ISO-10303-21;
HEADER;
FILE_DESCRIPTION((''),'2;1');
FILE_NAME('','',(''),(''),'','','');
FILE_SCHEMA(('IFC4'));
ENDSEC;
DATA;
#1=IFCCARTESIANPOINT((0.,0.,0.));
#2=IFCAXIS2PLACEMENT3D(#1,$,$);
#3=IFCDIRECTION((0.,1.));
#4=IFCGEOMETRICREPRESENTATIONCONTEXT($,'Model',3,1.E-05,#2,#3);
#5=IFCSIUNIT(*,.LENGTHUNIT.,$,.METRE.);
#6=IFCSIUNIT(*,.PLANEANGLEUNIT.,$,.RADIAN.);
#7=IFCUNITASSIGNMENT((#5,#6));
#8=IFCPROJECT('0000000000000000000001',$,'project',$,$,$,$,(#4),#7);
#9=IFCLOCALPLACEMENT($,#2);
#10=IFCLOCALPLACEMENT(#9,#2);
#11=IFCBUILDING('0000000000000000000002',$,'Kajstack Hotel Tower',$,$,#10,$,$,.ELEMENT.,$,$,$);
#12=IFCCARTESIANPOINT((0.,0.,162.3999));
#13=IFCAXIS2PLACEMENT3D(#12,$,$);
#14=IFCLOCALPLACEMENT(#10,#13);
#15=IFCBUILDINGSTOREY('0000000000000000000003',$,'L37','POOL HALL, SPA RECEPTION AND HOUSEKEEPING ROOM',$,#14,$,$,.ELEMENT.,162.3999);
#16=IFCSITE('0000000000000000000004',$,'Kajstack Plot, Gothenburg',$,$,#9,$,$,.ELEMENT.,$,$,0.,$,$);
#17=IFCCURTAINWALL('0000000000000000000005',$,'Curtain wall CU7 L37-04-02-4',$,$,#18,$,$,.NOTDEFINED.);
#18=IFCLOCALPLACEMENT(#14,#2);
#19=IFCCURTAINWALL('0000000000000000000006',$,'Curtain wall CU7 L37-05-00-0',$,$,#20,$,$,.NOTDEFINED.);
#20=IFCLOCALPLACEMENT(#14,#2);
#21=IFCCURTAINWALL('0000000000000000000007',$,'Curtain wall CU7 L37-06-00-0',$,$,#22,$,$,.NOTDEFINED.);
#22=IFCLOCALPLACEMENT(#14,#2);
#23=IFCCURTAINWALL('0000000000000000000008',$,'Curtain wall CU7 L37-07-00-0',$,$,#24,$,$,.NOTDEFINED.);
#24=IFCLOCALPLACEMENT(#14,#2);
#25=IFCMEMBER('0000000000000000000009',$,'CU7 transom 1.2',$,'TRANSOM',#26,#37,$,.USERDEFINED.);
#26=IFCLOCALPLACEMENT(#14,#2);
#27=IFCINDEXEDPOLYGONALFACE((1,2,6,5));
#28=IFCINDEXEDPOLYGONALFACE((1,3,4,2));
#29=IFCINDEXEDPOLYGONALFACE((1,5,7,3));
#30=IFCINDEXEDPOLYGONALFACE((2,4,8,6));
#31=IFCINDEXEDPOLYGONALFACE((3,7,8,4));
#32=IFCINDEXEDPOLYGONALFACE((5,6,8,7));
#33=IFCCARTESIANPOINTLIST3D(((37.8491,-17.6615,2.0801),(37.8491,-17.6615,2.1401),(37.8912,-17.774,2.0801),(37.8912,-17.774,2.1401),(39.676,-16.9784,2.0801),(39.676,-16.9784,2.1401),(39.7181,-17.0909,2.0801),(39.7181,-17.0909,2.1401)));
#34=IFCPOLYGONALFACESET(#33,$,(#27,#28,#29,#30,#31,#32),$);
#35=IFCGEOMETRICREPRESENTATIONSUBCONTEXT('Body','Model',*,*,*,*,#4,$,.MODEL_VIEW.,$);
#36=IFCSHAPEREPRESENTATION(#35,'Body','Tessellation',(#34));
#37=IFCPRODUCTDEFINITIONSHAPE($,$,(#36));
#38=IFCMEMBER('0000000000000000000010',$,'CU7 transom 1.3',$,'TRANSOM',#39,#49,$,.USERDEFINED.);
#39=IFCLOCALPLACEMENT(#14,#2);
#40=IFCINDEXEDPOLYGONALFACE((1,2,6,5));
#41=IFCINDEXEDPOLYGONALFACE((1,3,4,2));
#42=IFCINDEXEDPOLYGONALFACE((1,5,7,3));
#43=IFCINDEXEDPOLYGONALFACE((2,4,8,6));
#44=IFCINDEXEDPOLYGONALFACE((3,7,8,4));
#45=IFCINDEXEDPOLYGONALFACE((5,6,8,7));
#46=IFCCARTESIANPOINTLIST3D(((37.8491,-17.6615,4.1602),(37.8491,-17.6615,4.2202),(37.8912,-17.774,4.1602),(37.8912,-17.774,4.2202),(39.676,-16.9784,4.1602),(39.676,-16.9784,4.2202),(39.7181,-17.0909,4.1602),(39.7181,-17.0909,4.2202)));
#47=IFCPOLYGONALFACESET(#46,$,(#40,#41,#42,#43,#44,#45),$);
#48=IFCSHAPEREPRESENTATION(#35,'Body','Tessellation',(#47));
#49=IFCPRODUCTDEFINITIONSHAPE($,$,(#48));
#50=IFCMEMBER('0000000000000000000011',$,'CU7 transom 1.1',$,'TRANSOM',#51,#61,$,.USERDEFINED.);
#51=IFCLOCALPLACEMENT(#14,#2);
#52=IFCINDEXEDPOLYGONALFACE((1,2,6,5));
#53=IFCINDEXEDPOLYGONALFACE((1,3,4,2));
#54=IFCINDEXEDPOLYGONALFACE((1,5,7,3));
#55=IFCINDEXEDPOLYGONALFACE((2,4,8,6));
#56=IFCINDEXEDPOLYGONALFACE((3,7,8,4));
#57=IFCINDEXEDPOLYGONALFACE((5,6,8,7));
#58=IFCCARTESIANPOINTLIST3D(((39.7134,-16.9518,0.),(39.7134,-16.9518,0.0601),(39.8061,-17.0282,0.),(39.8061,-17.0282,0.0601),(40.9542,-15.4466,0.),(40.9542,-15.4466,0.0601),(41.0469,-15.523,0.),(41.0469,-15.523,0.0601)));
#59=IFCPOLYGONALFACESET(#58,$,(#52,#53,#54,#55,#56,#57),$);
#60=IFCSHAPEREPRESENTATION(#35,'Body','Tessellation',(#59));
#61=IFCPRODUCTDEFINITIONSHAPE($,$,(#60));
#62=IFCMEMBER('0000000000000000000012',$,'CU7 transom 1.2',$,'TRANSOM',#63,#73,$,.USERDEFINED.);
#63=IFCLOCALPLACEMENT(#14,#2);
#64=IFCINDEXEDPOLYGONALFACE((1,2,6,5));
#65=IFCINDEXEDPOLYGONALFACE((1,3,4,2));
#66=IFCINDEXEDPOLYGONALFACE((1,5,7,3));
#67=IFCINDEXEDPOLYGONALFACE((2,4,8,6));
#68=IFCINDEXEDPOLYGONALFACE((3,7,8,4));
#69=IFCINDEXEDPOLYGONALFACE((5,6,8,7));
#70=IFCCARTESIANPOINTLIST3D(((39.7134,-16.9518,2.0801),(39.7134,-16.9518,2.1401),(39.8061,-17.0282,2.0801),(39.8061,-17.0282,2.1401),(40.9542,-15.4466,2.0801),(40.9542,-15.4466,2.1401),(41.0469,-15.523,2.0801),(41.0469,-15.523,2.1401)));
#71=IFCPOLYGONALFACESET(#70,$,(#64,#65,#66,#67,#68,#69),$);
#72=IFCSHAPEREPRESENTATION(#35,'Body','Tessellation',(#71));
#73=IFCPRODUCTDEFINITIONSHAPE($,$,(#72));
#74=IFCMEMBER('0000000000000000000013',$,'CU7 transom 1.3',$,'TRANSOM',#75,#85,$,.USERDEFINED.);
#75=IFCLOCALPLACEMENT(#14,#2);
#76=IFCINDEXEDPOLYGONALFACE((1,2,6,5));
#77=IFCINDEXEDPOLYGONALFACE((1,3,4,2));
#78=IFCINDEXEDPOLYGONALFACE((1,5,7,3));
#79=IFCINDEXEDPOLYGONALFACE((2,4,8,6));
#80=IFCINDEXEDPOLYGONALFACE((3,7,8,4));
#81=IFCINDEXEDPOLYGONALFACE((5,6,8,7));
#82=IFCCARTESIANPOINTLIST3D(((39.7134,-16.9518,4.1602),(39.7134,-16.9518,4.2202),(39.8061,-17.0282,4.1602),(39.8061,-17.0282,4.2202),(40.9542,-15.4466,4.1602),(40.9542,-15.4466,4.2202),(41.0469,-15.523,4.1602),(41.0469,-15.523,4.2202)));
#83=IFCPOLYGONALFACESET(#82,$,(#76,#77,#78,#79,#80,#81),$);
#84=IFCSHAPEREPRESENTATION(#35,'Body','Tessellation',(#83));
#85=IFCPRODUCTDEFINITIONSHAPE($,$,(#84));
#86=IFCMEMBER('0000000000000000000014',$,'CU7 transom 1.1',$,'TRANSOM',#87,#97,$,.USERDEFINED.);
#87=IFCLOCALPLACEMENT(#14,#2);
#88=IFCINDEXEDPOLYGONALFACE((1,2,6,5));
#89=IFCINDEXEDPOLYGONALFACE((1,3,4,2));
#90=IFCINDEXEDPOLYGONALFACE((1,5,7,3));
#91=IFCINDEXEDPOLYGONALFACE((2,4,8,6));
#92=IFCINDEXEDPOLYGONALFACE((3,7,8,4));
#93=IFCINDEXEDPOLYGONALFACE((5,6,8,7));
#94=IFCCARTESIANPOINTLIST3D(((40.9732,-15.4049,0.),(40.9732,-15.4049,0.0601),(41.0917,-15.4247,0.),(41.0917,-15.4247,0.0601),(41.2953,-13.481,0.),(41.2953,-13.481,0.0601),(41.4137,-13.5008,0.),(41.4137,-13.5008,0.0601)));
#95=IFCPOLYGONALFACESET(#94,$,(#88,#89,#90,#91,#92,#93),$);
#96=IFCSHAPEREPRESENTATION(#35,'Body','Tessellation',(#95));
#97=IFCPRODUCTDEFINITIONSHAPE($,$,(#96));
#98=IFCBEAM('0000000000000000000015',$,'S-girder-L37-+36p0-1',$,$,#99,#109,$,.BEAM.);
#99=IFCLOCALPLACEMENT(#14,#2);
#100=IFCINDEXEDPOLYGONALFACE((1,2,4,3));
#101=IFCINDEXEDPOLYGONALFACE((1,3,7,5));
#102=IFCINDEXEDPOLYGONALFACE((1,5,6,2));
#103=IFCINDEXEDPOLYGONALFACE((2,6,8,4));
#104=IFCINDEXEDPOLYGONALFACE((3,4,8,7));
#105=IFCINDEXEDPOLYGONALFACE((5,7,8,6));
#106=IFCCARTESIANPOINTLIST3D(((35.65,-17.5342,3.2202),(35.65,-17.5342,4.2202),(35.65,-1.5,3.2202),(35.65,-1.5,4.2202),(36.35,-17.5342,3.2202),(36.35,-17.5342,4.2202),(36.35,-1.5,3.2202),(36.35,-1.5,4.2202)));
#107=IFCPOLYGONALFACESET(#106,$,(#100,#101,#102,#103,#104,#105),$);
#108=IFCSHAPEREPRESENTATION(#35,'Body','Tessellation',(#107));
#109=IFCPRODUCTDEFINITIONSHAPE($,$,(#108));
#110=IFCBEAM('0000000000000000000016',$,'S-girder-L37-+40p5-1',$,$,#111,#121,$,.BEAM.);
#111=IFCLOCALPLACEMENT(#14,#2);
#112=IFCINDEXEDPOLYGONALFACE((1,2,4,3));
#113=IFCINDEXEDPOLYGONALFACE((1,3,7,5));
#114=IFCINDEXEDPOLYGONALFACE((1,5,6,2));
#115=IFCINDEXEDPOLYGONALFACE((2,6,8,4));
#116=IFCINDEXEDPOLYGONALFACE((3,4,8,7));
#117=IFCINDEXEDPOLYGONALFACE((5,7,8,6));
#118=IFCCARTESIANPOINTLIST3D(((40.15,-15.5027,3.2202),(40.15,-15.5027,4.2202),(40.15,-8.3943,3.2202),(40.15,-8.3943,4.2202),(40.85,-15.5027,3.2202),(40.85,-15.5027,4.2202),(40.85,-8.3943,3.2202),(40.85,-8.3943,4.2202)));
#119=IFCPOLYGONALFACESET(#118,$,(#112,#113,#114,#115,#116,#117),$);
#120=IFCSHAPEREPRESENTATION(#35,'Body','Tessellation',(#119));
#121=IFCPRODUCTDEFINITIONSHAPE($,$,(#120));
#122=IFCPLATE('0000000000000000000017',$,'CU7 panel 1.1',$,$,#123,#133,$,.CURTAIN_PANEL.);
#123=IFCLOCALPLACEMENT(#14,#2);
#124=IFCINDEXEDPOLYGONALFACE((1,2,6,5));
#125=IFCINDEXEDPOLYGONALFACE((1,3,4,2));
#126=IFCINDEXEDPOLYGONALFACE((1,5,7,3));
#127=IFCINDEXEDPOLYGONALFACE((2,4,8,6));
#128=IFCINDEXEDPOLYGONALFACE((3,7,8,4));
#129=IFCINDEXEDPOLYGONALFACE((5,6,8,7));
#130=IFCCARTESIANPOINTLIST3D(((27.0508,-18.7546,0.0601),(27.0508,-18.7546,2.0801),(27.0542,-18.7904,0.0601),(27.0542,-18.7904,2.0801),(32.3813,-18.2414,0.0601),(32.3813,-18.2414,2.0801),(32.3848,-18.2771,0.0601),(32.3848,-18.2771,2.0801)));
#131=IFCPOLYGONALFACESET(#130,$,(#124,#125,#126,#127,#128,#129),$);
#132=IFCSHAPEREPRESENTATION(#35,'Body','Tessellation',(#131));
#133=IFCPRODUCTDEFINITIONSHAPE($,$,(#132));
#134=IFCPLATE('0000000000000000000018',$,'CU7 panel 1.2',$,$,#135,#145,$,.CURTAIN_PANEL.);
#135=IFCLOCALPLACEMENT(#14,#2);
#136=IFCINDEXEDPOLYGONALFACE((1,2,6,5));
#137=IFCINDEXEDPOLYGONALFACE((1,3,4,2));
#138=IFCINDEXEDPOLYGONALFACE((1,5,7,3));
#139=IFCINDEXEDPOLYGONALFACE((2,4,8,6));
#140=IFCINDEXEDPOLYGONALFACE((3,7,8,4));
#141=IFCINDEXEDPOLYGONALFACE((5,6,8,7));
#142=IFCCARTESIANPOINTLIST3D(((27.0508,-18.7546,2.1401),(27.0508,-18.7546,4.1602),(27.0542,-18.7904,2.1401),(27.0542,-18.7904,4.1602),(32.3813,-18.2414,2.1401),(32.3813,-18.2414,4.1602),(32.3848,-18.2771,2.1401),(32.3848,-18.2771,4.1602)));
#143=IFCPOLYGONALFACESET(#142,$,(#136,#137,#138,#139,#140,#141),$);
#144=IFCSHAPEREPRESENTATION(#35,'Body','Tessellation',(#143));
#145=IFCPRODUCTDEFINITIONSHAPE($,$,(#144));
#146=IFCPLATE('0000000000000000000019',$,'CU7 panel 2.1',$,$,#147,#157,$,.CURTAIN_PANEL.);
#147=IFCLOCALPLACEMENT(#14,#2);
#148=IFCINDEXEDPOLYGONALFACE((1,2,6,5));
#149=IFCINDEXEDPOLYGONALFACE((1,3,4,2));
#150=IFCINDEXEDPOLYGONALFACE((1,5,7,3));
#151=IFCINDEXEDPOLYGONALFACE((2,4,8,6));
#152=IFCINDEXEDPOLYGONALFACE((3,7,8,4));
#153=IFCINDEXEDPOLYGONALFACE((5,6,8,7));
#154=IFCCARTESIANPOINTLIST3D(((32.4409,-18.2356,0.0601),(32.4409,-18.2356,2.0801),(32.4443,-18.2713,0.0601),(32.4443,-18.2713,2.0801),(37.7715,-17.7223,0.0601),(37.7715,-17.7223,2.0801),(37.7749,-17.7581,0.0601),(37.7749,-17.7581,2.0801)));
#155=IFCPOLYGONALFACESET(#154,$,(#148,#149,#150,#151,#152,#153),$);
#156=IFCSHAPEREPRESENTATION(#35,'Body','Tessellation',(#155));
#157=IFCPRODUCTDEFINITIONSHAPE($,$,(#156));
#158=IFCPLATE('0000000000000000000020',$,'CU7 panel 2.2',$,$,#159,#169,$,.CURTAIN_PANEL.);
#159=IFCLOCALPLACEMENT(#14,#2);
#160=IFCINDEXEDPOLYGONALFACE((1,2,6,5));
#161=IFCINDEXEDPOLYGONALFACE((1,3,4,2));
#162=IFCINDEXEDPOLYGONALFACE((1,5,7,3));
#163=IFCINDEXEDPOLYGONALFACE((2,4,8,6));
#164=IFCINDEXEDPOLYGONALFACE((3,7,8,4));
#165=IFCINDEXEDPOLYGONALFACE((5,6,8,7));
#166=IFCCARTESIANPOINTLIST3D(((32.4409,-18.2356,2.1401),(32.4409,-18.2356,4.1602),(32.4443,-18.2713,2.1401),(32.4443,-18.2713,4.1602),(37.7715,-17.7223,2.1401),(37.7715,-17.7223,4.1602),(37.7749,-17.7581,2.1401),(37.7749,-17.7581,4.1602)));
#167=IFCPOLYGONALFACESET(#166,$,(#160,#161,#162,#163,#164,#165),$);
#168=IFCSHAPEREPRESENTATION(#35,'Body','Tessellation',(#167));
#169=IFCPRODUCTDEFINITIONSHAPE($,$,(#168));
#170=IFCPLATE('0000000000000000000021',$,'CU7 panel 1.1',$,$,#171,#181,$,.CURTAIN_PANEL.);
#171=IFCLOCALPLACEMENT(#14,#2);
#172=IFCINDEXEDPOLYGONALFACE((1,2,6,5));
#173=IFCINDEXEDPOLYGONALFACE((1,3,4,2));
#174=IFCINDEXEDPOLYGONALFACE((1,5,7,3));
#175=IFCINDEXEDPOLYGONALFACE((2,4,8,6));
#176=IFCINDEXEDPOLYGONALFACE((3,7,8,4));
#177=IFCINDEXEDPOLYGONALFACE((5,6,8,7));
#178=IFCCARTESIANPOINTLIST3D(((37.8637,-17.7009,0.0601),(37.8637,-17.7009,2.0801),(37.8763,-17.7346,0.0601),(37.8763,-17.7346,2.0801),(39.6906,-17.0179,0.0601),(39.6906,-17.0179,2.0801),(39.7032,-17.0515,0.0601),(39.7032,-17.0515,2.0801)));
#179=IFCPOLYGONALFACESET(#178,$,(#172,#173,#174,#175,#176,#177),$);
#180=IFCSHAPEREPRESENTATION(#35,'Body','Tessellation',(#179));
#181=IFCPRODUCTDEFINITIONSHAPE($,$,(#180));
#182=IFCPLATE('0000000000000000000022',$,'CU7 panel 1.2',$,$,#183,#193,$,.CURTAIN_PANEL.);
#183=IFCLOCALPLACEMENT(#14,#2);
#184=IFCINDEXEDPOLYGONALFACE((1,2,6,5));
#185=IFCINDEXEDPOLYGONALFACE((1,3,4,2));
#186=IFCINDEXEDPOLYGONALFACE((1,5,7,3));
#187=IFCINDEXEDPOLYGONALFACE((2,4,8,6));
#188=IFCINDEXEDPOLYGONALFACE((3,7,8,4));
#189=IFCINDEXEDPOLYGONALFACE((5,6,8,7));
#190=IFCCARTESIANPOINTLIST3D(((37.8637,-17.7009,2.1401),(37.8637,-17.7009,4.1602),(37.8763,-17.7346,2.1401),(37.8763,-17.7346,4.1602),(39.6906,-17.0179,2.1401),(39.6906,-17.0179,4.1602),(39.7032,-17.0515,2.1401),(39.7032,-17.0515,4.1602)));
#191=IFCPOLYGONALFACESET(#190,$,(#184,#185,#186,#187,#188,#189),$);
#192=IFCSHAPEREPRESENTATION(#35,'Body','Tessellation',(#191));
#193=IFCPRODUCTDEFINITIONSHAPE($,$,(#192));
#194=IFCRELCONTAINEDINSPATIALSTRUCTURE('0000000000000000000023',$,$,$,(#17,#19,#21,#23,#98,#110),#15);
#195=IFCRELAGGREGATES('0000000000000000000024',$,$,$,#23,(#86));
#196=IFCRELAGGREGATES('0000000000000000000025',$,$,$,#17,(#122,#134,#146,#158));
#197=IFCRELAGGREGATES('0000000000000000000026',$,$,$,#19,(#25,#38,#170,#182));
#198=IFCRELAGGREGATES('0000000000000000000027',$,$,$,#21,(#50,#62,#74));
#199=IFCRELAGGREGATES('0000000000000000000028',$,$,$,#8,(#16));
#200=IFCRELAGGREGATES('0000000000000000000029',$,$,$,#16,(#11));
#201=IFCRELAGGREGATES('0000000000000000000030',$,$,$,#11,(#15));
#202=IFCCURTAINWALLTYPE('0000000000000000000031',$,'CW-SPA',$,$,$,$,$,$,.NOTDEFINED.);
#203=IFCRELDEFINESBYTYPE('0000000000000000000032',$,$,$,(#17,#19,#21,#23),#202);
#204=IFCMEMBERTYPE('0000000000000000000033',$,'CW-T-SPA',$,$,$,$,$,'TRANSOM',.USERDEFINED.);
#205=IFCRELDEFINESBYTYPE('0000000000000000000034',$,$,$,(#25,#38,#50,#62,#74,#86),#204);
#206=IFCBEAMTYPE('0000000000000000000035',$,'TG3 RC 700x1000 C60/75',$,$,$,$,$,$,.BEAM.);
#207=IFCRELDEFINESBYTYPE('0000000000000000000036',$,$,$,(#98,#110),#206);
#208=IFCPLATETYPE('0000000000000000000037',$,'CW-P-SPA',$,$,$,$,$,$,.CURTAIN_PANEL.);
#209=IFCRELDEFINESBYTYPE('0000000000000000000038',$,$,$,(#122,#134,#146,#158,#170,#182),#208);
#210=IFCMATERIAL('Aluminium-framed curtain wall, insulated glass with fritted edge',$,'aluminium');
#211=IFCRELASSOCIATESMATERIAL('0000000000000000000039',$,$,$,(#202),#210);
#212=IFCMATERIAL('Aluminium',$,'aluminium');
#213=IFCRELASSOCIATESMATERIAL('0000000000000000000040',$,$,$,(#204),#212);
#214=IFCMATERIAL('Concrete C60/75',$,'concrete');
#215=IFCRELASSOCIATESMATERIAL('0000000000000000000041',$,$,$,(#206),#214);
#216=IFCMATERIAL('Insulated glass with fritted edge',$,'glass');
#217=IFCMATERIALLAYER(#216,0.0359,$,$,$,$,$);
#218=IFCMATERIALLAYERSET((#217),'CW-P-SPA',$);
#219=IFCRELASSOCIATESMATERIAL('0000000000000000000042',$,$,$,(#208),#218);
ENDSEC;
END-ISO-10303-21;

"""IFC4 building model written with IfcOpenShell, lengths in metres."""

from ifc_helpers import new_model, si_unit, direction, frame, origin, origin_2d, place, context, subcontext, project, spatial, rectangle, extrude, material, layer, layer_set, material_profile, profile_set, type_object, element, aggregate, save


model = new_model("IFC4")

# Units and contexts
model_context = context("Model", 3, precision=1e-05, world=origin(), true_north=direction((0.0, 1.0)))
body_context = subcontext(model_context, "Body", "Model", "MODEL_VIEW")
ifc_project = project(units=[si_unit("LENGTHUNIT", "METRE"), si_unit("PLANEANGLEUNIT", "RADIAN")], contexts=[model_context])

# Site, building, storey
site_placement = place(None, origin())
site = spatial("IfcSite", under=ifc_project, at=site_placement, Name="Kajstack Plot, Gothenburg", CompositionType="ELEMENT", RefElevation=0.0)
building_placement = place(site_placement, origin())
building = spatial("IfcBuilding", under=site, at=building_placement, Name="Kajstack Hotel Tower", CompositionType="ELEMENT")
storey_placement = place(building_placement, frame((0.0, 0.0, 162.3999)))
storey = spatial("IfcBuildingStorey", under=building, at=storey_placement, Name="L37", Description="POOL HALL, SPA RECEPTION AND HOUSEKEEPING ROOM", CompositionType="ELEMENT", Elevation=162.3999)

# Curtain walls
ifc_material_1 = material(Name="Aluminium-framed curtain wall, insulated glass with fritted edge", Category="aluminium")
curtain_wall_type = type_object("IfcCurtainWallType", Name="CW-SPA", PredefinedType="NOTDEFINED", material=ifc_material_1)
curtain_wall_1_placement = place(storey_placement, origin())
curtain_wall_1 = element("IfcCurtainWall", 1, at=curtain_wall_1_placement, inside=storey, type_object=curtain_wall_type, Name="Curtain wall CU7 L37-04-02-4", PredefinedType="NOTDEFINED")
ifc_material_2 = material(Name="Aluminium", Category="aluminium")
curtain_wall_2_placement = place(storey_placement, origin())
curtain_wall_2 = element("IfcCurtainWall", 2, at=curtain_wall_2_placement, inside=storey, type_object=curtain_wall_type, Name="Curtain wall CU7 L37-05-00-0", PredefinedType="NOTDEFINED")
curtain_wall_3_placement = place(storey_placement, origin())
curtain_wall_3 = element("IfcCurtainWall", 3, at=curtain_wall_3_placement, inside=storey, type_object=curtain_wall_type, Name="Curtain wall CU7 L37-06-00-0", PredefinedType="NOTDEFINED")

# Curtain wall
curtain_wall_4_placement = place(storey_placement, origin())
curtain_wall_4 = element("IfcCurtainWall", 4, at=curtain_wall_4_placement, inside=storey, type_object=curtain_wall_type, Name="Curtain wall CU7 L37-07-00-0", PredefinedType="NOTDEFINED")

# Members
ifc_material_profile_1 = material_profile(ifc_material_2, rectangle(XDim=0.1201, YDim=0.0601, at=origin_2d()), Name="Aluminium transom 120 x 60")
ifc_profile_set_1 = profile_set([ifc_material_profile_1], Name="Aluminium")
member_type_1 = type_object("IfcMemberType", Name="CW-T-SPA", ElementType="TRANSOM", PredefinedType="USERDEFINED", material=ifc_profile_set_1)
member_1_placement = place(storey_placement, frame((37.8701, -17.7178, 2.1101), z_axis=(0.936663, 0.350232, 0.0), x_axis=(-0.350232, 0.936663, 0.0)))
member_1 = element("IfcMember", 5, at=member_1_placement, type_object=member_type_1, Name="CU7 transom 1.2", ObjectType="TRANSOM", PredefinedType="USERDEFINED", context=body_context, shape_type="SweptSolid", body=[
    extrude(rectangle(XDim=0.1201, YDim=0.0601, at=origin_2d()), origin(), (0.0, 0.0, 1.0), 1.9504),
])
member_2_placement = place(storey_placement, frame((37.8701, -17.7178, 4.1902), z_axis=(0.936663, 0.350232, 0.0), x_axis=(-0.350232, 0.936663, 0.0)))
member_2 = element("IfcMember", 6, at=member_2_placement, type_object=member_type_1, Name="CU7 transom 1.3", ObjectType="TRANSOM", PredefinedType="USERDEFINED", context=body_context, shape_type="SweptSolid", body=[
    extrude(rectangle(XDim=0.1201, YDim=0.0601, at=origin_2d()), origin(), (0.0, 0.0, 1.0), 1.9504),
])
member_3_placement = place(storey_placement, frame((39.7598, -16.99, 0.03), z_axis=(0.636076, 0.771627, 0.0), x_axis=(-0.771627, 0.636076, 0.0)))
member_3 = element("IfcMember", 7, at=member_3_placement, type_object=member_type_1, Name="CU7 transom 1.1", ObjectType="TRANSOM", PredefinedType="USERDEFINED", context=body_context, shape_type="SweptSolid", body=[
    extrude(rectangle(XDim=0.1201, YDim=0.0601, at=origin_2d()), origin(), (0.0, 0.0, 1.0), 1.9507),
])
member_4_placement = place(storey_placement, frame((39.7598, -16.99, 2.1101), z_axis=(0.636076, 0.771627, 0.0), x_axis=(-0.771627, 0.636076, 0.0)))
member_4 = element("IfcMember", 8, at=member_4_placement, type_object=member_type_1, Name="CU7 transom 1.2", ObjectType="TRANSOM", PredefinedType="USERDEFINED", context=body_context, shape_type="SweptSolid", body=[
    extrude(rectangle(XDim=0.1201, YDim=0.0601, at=origin_2d()), origin(), (0.0, 0.0, 1.0), 1.9507),
])
member_5_placement = place(storey_placement, frame((39.7598, -16.99, 4.1902), z_axis=(0.636076, 0.771627, 0.0), x_axis=(-0.771627, 0.636076, 0.0)))
member_5 = element("IfcMember", 9, at=member_5_placement, type_object=member_type_1, Name="CU7 transom 1.3", ObjectType="TRANSOM", PredefinedType="USERDEFINED", context=body_context, shape_type="SweptSolid", body=[
    extrude(rectangle(XDim=0.1201, YDim=0.0601, at=origin_2d()), origin(), (0.0, 0.0, 1.0), 1.9507),
])
member_6_placement = place(storey_placement, frame((41.0325, -15.4148, 0.03), z_axis=(0.165089, 0.986279, 0.0), x_axis=(-0.986279, 0.165089, 0.0)))
member_6 = element("IfcMember", 10, at=member_6_placement, type_object=member_type_1, Name="CU7 transom 1.1", ObjectType="TRANSOM", PredefinedType="USERDEFINED", context=body_context, shape_type="SweptSolid", body=[
    extrude(rectangle(XDim=0.1201, YDim=0.0601, at=origin_2d()), origin(), (0.0, 0.0, 1.0), 1.9507),
])
aggregate(curtain_wall_4, [member_6])

# Beams
ifc_material_3 = material(Name="Concrete C60/75", Category="concrete")
ifc_material_profile_2 = material_profile(ifc_material_3, rectangle(XDim=0.7, YDim=1.0, at=origin_2d()), Name="RC 700x1000")
ifc_profile_set_2 = profile_set([ifc_material_profile_2], Name="Concrete C60/75")
beam_type = type_object("IfcBeamType", Name="TG3 RC 700x1000 C60/75", PredefinedType="BEAM", material=ifc_profile_set_2)
beam_1_placement = place(storey_placement, frame((36.0, -17.5342, 3.7202), z_axis=(0.0, 1.0, 0.0), x_axis=(-1.0, 0.0, 0.0)))
element("IfcBeam", 11, at=beam_1_placement, inside=storey, type_object=beam_type, Name="S-girder-L37-+36p0-1", PredefinedType="BEAM", context=body_context, shape_type="SweptSolid", body=[
    extrude(rectangle(XDim=0.7, YDim=1.0, at=origin_2d()), origin(), (0.0, 0.0, 1.0), 16.0342),
])
beam_2_placement = place(storey_placement, frame((40.5, -15.5027, 3.7202), z_axis=(0.0, 1.0, 0.0), x_axis=(-1.0, 0.0, 0.0)))
element("IfcBeam", 12, at=beam_2_placement, inside=storey, type_object=beam_type, Name="S-girder-L37-+40p5-1", PredefinedType="BEAM", context=body_context, shape_type="SweptSolid", body=[
    extrude(rectangle(XDim=0.7, YDim=1.0, at=origin_2d()), origin(), (0.0, 0.0, 1.0), 7.1084),
])

# Plates
ifc_material_4 = material(Name="Insulated glass with fritted edge", Category="glass")
ifc_layer_1 = layer(ifc_material_4, 0.0359)
ifc_layer_set_1 = layer_set([ifc_layer_1], Name="CW-P-SPA")
plate_type = type_object("IfcPlateType", Name="CW-P-SPA", PredefinedType="CURTAIN_PANEL", material=ifc_layer_set_1)
plate_1_placement = place(storey_placement, frame((29.7178, -18.5159, 0.0601), z_axis=(0.0, 0.0, 1.0), x_axis=(0.995396, 0.095845, 0.0)))
plate_1 = element("IfcPlate", 13, at=plate_1_placement, type_object=plate_type, Name="CU7 panel 1.1", PredefinedType="CURTAIN_PANEL", context=body_context, shape_type="SweptSolid", body=[
    extrude(rectangle(XDim=5.3552, YDim=0.0359, at=origin_2d()), origin(), (0.0, 0.0, 1.0), 2.02),
])
plate_2_placement = place(storey_placement, frame((29.7178, -18.5159, 2.1401), z_axis=(0.0, 0.0, 1.0), x_axis=(0.995396, 0.095845, 0.0)))
plate_2 = element("IfcPlate", 14, at=plate_2_placement, type_object=plate_type, Name="CU7 panel 1.2", PredefinedType="CURTAIN_PANEL", context=body_context, shape_type="SweptSolid", body=[
    extrude(rectangle(XDim=5.3552, YDim=0.0359, at=origin_2d()), origin(), (0.0, 0.0, 1.0), 2.02),
])
plate_3_placement = place(storey_placement, frame((35.1079, -17.9968, 0.0601), z_axis=(0.0, 0.0, 1.0), x_axis=(0.995396, 0.095845, 0.0)))
plate_3 = element("IfcPlate", 15, at=plate_3_placement, type_object=plate_type, Name="CU7 panel 2.1", PredefinedType="CURTAIN_PANEL", context=body_context, shape_type="SweptSolid", body=[
    extrude(rectangle(XDim=5.3552, YDim=0.0359, at=origin_2d()), origin(), (0.0, 0.0, 1.0), 2.02),
])
plate_4_placement = place(storey_placement, frame((35.1079, -17.9968, 2.1401), z_axis=(0.0, 0.0, 1.0), x_axis=(0.995396, 0.095845, 0.0)))
plate_4 = element("IfcPlate", 16, at=plate_4_placement, type_object=plate_type, Name="CU7 panel 2.2", PredefinedType="CURTAIN_PANEL", context=body_context, shape_type="SweptSolid", body=[
    extrude(rectangle(XDim=5.3552, YDim=0.0359, at=origin_2d()), origin(), (0.0, 0.0, 1.0), 2.02),
])
aggregate(curtain_wall_1, [plate_1, plate_2, plate_3, plate_4])
plate_5_placement = place(storey_placement, frame((38.7834, -17.3762, 0.0601), z_axis=(0.0, 0.0, 1.0), x_axis=(0.936674, 0.350202, 0.0)))
plate_5 = element("IfcPlate", 17, at=plate_5_placement, type_object=plate_type, Name="CU7 panel 1.1", PredefinedType="CURTAIN_PANEL", context=body_context, shape_type="SweptSolid", body=[
    extrude(rectangle(XDim=1.9504, YDim=0.0359, at=origin_2d()), origin(), (0.0, 0.0, 1.0), 2.02),
])
plate_6_placement = place(storey_placement, frame((38.7834, -17.3762, 2.1401), z_axis=(0.0, 0.0, 1.0), x_axis=(0.936674, 0.350202, 0.0)))
plate_6 = element("IfcPlate", 18, at=plate_6_placement, type_object=plate_type, Name="CU7 panel 1.2", PredefinedType="CURTAIN_PANEL", context=body_context, shape_type="SweptSolid", body=[
    extrude(rectangle(XDim=1.9504, YDim=0.0359, at=origin_2d()), origin(), (0.0, 0.0, 1.0), 2.02),
])
aggregate(curtain_wall_2, [member_1, member_2, plate_5, plate_6])
aggregate(curtain_wall_3, [member_3, member_4, member_5])

save(model, "model.ifc")
